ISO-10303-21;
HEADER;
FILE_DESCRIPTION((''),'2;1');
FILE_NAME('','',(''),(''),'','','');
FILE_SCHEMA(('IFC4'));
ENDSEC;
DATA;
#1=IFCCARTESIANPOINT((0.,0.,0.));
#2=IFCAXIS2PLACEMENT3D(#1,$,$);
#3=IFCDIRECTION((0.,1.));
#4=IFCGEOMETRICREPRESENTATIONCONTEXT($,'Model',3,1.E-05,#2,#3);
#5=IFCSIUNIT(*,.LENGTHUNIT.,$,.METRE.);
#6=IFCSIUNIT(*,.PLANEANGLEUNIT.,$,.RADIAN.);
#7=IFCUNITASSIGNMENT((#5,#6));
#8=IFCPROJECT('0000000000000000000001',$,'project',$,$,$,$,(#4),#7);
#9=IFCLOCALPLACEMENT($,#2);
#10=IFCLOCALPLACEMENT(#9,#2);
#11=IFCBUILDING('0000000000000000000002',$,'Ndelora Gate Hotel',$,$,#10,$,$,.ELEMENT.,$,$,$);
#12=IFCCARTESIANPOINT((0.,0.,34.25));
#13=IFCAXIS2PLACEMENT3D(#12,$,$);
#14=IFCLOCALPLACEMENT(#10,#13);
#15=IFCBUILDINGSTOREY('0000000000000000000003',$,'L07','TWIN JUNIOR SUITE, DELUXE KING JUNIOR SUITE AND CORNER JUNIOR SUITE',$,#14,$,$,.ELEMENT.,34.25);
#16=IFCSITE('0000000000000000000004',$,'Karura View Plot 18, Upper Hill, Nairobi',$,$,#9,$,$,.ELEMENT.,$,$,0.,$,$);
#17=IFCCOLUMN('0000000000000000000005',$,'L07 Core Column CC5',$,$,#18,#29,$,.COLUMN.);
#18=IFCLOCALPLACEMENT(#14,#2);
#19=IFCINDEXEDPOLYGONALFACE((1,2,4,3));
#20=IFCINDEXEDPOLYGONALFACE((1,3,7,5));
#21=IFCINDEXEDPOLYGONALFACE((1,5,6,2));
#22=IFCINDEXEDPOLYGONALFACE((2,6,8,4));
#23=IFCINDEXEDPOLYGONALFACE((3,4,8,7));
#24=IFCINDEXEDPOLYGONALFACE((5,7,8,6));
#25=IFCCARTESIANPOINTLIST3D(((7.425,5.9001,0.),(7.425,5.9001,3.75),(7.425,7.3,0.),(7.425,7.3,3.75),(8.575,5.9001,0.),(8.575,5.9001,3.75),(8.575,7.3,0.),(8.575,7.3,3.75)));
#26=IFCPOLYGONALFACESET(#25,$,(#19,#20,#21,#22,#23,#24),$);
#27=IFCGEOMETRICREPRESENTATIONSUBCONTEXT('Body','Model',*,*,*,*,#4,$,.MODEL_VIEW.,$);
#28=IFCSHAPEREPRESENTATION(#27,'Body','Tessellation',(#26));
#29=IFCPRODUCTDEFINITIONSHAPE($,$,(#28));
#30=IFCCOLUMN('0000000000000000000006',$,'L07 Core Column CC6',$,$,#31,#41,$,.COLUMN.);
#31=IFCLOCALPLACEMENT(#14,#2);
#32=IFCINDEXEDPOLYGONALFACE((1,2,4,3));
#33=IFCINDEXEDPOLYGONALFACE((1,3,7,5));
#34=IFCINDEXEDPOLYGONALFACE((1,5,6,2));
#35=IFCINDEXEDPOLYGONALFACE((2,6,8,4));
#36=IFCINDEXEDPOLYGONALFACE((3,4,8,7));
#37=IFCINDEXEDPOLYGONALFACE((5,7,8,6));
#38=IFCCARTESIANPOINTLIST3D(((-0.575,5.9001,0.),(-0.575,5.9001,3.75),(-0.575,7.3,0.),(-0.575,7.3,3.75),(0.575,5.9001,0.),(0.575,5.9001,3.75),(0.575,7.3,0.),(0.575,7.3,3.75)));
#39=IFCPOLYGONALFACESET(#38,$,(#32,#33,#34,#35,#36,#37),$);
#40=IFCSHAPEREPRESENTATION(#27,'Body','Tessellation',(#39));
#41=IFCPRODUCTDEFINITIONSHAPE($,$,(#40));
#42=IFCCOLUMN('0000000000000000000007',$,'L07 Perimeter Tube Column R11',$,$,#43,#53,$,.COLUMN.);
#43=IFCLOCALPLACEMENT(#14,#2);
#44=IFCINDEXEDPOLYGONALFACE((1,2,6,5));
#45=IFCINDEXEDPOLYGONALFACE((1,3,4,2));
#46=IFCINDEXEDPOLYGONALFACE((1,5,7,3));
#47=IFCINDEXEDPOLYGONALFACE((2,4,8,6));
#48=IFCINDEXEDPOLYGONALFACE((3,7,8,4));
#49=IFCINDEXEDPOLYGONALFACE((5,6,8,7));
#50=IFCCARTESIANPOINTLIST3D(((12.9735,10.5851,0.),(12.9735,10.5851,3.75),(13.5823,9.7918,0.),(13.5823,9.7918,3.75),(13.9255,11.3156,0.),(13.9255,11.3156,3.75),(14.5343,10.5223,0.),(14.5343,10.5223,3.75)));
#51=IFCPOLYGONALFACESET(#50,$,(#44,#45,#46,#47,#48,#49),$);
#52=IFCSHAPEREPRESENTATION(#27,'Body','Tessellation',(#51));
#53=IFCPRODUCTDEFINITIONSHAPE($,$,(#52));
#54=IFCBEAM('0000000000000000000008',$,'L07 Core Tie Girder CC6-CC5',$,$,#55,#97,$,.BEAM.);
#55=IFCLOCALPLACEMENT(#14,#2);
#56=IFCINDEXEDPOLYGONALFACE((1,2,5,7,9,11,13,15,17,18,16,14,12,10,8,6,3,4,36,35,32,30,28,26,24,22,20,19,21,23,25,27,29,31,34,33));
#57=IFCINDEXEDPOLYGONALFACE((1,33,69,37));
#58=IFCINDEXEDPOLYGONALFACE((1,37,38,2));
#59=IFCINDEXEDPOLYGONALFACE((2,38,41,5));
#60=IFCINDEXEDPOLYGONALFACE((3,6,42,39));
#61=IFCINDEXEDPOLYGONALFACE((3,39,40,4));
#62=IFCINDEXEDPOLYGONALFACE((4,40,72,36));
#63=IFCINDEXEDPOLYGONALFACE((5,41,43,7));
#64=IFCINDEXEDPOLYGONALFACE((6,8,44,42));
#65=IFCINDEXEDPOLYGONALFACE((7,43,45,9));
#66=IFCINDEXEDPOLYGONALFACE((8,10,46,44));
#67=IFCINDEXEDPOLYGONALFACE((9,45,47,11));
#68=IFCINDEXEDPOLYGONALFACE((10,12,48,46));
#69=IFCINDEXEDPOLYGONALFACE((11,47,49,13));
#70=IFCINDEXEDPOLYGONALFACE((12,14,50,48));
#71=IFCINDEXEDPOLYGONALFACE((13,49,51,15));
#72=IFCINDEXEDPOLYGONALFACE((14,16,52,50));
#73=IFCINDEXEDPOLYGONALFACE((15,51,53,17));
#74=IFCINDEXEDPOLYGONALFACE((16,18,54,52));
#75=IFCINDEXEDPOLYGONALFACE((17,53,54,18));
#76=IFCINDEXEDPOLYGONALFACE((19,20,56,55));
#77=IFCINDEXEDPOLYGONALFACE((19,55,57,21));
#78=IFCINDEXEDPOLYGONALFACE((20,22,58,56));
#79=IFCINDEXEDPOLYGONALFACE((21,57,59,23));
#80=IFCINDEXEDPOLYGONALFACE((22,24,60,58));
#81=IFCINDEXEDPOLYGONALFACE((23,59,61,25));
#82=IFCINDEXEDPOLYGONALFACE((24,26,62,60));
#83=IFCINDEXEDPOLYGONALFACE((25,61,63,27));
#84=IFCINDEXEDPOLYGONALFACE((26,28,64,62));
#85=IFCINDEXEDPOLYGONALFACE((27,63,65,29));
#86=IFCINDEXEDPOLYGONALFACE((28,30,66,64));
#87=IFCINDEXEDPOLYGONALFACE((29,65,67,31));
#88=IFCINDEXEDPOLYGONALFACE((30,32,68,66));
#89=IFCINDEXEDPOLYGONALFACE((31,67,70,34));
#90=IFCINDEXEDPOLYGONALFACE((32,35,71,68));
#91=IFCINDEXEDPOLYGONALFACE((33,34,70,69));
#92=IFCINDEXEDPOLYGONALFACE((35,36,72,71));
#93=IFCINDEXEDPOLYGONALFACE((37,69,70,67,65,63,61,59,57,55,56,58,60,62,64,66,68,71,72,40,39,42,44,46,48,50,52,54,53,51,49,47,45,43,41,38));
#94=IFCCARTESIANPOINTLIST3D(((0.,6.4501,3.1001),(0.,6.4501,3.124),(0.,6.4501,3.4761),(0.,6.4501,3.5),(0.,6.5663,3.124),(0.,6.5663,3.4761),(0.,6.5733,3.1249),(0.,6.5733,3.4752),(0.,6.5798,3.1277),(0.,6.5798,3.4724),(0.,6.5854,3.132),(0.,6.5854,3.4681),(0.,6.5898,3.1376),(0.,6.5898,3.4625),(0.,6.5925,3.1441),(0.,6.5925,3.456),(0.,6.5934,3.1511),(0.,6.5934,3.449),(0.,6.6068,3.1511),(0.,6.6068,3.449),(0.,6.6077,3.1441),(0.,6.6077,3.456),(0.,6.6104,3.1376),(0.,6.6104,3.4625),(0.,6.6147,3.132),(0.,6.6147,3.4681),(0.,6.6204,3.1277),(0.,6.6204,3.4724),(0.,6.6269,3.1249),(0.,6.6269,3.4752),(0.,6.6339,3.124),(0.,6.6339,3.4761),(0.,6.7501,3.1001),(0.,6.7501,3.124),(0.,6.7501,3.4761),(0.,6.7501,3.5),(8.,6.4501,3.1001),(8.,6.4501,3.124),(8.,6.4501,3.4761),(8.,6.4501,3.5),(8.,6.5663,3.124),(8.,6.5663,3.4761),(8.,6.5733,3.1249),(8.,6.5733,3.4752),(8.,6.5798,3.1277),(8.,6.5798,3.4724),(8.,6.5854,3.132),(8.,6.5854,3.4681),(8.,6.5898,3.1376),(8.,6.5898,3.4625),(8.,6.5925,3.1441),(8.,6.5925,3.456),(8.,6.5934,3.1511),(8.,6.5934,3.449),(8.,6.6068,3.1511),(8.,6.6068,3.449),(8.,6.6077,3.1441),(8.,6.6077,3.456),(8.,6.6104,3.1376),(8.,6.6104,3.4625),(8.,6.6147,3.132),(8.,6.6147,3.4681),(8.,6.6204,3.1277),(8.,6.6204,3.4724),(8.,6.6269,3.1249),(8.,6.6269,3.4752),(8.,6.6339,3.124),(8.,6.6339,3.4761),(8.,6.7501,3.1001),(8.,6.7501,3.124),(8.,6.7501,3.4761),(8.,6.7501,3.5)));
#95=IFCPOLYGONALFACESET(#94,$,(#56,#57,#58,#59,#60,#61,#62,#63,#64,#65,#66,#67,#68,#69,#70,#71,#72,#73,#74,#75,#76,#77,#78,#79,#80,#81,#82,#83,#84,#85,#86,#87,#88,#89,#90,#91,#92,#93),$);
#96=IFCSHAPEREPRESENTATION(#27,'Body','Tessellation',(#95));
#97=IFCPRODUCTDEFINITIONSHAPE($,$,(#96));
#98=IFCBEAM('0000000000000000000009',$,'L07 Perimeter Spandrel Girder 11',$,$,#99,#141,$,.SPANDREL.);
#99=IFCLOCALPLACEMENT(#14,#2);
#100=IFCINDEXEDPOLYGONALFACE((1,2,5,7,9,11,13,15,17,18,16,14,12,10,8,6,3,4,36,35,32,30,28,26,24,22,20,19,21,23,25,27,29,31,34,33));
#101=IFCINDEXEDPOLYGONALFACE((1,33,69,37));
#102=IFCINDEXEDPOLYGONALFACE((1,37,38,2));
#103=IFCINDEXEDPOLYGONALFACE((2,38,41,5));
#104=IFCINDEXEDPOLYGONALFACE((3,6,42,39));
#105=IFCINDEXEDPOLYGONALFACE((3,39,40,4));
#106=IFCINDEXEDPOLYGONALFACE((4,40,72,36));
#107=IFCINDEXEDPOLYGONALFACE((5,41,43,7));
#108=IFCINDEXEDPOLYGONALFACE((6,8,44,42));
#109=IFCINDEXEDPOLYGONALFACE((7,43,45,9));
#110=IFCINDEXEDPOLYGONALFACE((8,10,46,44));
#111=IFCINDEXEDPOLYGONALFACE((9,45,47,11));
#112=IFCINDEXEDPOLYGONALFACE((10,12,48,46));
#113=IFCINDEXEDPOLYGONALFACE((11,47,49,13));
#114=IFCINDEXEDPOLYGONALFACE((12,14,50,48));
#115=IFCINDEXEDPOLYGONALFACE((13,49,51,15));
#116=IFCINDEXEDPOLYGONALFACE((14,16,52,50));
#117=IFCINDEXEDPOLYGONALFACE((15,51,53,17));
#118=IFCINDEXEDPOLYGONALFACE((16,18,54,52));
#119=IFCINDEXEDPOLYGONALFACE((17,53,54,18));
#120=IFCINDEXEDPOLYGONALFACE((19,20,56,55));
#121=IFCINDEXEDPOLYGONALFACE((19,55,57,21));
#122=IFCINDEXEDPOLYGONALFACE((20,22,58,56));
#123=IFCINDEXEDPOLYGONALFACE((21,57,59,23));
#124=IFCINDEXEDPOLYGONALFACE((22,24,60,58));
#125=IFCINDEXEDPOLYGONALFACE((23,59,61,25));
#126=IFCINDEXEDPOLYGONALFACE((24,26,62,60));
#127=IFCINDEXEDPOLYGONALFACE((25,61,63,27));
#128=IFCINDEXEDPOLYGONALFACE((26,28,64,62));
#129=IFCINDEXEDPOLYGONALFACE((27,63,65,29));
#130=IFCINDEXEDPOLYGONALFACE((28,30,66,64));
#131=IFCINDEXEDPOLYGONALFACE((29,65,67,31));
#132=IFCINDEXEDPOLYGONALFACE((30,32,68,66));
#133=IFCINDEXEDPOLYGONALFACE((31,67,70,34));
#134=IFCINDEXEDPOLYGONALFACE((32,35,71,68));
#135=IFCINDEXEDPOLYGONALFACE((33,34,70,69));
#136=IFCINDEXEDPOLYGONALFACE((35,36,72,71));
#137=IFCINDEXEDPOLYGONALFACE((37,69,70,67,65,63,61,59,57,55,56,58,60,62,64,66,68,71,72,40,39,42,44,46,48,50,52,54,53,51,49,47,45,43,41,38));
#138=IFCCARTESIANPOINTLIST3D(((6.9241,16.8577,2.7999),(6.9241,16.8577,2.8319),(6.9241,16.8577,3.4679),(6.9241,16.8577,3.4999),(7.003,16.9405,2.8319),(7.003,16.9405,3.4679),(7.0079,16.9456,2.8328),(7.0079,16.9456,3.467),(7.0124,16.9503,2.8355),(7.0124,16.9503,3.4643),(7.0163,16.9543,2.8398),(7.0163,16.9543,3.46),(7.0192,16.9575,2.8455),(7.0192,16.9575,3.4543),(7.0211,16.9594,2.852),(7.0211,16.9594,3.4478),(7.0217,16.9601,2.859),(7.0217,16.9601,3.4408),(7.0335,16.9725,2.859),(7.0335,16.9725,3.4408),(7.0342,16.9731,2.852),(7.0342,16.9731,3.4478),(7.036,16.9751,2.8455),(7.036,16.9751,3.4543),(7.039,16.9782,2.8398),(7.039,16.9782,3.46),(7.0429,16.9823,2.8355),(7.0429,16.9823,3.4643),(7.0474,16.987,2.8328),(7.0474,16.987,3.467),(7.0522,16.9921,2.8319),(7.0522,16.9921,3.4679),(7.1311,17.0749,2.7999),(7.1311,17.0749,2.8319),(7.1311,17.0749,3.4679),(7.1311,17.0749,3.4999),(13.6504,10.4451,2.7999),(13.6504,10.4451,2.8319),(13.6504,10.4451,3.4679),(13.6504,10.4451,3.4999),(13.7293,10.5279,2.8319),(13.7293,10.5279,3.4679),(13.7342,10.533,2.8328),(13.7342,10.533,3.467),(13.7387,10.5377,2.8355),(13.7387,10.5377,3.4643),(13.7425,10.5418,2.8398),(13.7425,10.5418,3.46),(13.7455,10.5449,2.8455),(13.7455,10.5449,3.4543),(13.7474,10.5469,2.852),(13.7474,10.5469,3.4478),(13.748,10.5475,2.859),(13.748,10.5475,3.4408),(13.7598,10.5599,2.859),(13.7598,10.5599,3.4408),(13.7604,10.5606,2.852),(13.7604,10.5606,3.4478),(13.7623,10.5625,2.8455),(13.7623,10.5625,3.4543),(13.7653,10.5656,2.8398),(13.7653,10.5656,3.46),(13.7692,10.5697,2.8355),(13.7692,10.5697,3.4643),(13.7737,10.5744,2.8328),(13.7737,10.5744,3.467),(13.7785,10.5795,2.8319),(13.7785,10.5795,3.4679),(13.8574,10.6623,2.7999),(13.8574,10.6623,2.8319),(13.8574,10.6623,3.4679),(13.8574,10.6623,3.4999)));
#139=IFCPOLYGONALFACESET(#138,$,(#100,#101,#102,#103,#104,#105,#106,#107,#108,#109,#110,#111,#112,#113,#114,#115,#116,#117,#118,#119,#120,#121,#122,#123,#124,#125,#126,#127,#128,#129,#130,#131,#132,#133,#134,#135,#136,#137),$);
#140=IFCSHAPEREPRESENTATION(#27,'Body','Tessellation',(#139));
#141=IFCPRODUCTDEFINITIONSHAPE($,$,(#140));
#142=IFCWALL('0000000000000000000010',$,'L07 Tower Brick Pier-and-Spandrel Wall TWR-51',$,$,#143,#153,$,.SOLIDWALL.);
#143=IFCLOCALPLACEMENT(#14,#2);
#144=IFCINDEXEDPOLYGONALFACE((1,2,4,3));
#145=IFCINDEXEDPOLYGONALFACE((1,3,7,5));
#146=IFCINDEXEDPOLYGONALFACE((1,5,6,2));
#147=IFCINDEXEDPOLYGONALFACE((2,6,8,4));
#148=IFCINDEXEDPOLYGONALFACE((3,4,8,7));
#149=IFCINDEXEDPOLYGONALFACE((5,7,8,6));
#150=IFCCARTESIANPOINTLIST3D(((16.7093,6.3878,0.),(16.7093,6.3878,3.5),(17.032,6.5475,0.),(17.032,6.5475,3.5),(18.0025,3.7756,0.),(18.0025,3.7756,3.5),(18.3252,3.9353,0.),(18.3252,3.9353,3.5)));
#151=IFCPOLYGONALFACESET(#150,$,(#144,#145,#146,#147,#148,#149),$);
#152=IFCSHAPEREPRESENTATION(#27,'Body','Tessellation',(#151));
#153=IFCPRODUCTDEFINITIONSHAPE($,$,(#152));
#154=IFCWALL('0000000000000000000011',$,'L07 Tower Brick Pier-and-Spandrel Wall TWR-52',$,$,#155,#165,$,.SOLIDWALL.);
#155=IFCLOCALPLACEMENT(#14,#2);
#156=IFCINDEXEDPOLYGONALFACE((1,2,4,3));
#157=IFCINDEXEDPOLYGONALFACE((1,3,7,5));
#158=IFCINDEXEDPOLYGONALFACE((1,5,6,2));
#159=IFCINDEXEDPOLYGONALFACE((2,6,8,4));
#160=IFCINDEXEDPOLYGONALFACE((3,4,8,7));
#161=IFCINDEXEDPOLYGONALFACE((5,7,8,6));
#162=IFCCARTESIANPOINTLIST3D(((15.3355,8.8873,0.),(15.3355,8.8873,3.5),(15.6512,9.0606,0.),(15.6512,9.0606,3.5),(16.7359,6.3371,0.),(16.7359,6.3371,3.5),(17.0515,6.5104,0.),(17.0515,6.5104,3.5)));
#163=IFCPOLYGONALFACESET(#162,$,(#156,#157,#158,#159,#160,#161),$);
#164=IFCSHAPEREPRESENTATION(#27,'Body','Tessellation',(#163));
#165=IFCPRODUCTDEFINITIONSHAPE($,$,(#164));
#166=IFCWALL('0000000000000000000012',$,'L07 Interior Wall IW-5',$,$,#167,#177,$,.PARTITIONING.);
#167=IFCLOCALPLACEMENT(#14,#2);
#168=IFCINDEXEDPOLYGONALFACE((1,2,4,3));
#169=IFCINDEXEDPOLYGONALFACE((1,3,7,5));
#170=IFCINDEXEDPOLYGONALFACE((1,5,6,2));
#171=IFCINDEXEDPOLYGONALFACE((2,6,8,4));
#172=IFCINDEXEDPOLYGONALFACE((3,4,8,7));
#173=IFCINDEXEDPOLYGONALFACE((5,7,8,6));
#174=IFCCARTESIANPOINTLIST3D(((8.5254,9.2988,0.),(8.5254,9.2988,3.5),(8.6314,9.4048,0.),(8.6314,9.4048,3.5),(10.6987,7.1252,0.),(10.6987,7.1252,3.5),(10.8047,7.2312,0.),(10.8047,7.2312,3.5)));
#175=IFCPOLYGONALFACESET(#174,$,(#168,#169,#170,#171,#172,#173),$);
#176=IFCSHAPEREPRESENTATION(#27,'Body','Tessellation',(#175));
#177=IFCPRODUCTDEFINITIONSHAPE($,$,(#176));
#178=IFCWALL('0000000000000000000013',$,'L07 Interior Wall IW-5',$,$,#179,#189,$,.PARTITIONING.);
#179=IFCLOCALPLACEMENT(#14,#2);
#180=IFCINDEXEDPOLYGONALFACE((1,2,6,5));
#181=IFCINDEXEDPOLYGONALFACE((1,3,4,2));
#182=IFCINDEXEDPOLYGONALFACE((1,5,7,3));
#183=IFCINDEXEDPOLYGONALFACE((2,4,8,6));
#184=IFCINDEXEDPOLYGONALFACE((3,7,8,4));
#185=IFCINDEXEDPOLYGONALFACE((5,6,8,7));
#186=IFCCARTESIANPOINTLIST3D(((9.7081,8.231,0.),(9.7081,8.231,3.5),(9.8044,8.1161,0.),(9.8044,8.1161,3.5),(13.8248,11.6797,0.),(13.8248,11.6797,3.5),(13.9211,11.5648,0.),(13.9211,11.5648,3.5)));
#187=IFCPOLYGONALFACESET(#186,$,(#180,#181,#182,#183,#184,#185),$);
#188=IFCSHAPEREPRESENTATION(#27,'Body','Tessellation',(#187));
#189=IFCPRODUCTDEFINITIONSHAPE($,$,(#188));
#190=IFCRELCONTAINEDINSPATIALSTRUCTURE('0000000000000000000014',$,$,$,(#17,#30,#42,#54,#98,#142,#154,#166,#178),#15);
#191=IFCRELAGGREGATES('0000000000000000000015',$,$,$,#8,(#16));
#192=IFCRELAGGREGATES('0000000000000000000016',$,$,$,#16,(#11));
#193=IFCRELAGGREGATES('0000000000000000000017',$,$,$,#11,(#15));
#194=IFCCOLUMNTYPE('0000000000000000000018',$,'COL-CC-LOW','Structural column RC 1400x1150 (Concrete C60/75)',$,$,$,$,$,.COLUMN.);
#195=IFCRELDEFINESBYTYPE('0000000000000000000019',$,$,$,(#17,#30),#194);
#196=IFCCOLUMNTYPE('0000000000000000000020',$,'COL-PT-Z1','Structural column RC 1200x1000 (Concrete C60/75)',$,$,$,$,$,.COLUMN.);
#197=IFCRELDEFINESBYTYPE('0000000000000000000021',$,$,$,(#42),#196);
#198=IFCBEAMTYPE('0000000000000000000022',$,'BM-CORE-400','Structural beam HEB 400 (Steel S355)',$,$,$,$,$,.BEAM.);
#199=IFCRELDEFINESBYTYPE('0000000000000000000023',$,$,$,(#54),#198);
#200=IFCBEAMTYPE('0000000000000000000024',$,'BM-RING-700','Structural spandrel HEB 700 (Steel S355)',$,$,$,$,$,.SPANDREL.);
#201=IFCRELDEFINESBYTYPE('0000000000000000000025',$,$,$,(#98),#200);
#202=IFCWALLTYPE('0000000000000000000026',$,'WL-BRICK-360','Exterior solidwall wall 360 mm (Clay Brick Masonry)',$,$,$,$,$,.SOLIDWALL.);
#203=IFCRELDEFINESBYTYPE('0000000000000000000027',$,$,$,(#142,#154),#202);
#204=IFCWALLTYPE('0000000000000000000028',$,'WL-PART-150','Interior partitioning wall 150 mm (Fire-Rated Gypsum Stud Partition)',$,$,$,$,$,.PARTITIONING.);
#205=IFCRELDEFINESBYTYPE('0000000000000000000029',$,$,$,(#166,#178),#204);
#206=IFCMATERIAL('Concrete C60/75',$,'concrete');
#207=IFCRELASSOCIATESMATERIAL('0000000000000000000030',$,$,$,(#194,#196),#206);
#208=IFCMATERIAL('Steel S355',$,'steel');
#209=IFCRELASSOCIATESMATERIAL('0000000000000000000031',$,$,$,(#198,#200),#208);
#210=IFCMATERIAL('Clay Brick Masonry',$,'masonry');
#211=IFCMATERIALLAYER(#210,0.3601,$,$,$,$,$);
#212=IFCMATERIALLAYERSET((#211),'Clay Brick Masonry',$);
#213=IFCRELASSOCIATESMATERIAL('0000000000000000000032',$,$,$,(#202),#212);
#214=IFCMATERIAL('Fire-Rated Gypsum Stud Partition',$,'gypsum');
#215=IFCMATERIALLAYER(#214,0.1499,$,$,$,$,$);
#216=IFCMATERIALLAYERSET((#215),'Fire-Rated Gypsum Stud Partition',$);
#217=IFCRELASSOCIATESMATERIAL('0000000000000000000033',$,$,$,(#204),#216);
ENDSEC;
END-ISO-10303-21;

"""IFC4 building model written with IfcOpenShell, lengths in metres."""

from ifc_helpers import new_model, si_unit, direction, frame, frame_2d, origin, origin_2d, place, context, subcontext, project, spatial, rectangle, i_section, extrude, material, layer, layer_set, material_profile, profile_set, type_object, element, save


model = new_model("IFC4")

# Units and contexts
model_context = context("Model", 3, precision=1e-05, world=origin(), true_north=direction((0.0, 1.0)))
body_context = subcontext(model_context, "Body", "Model", "MODEL_VIEW")
ifc_project = project(units=[si_unit("LENGTHUNIT", "METRE"), si_unit("PLANEANGLEUNIT", "RADIAN")], contexts=[model_context])

# Site, building, storey
site_placement = place(None, origin())
site = spatial("IfcSite", under=ifc_project, at=site_placement, Name="Karura View Plot 18, Upper Hill, Nairobi", CompositionType="ELEMENT", RefElevation=0.0)
building_placement = place(site_placement, origin())
building = spatial("IfcBuilding", under=site, at=building_placement, Name="Ndelora Gate Hotel", CompositionType="ELEMENT")
storey_placement = place(building_placement, frame((0.0, 0.0, 34.25)))
storey = spatial("IfcBuildingStorey", under=building, at=storey_placement, Name="L07", Description="TWIN JUNIOR SUITE, DELUXE KING JUNIOR SUITE AND CORNER JUNIOR SUITE", CompositionType="ELEMENT", Elevation=34.25)

# Columns
ifc_material_1 = material(Name="Concrete C60/75", Category="concrete")
ifc_material_profile_1 = material_profile(ifc_material_1, rectangle(XDim=1.1499, YDim=1.3999, at=origin_2d()), Name="RC 1400x1150")
ifc_profile_set_1 = profile_set([ifc_material_profile_1], Name="Concrete C60/75")
column_type_1 = type_object("IfcColumnType", Name="COL-CC-LOW", Description="Structural column RC 1400x1150 (Concrete C60/75)", PredefinedType="COLUMN", material=ifc_profile_set_1)
for number, where, z_axis, x_axis, name in (
    (1, (8.0, 6.6001, 0.0), (0.0, 0.0, 1.0), (1.0, 0.0, 0.0), "L07 Core Column CC5"),
    (2, (0.0, 6.6001, 0.0), (0.0, 0.0, 1.0), (1.0, 0.0, 0.0), "L07 Core Column CC6"),
):
    element("IfcColumn", number, at=place(storey_placement, frame(where, z_axis=z_axis, x_axis=x_axis)), inside=storey, type_object=column_type_1, Name=name, PredefinedType="COLUMN", context=body_context, shape_type="SweptSolid", body=[
        extrude(rectangle(XDim=1.1499, YDim=1.3999, at=origin_2d()), origin(), (0.0, 0.0, 1.0), 3.75),
    ])
ifc_material_profile_2 = material_profile(ifc_material_1, rectangle(XDim=1.0, YDim=1.2, at=origin_2d()), Name="RC 1200x1000")
ifc_profile_set_2 = profile_set([ifc_material_profile_2], Name="Concrete C60/75")
column_type_2 = type_object("IfcColumnType", Name="COL-PT-Z1", Description="Structural column RC 1200x1000 (Concrete C60/75)", PredefinedType="COLUMN", material=ifc_profile_set_2)
column_placement = place(storey_placement, frame((13.7539, 10.5537, 0.0), z_axis=(0.0, 0.0, 1.0), x_axis=(-0.608761, 0.793353, 0.0)))
element("IfcColumn", 3, at=column_placement, inside=storey, type_object=column_type_2, Name="L07 Perimeter Tube Column R11", PredefinedType="COLUMN", context=body_context, shape_type="SweptSolid", body=[
    extrude(rectangle(XDim=1.0, YDim=1.2, at=origin_2d()), origin(), (0.0, 0.0, 1.0), 3.75),
])

# Beams
ifc_material_2 = material(Name="Steel S355", Category="steel")
ifc_material_profile_3 = material_profile(ifc_material_2, i_section(OverallWidth=0.3, OverallDepth=0.3999, WebThickness=0.0134, FlangeThickness=0.0239, FilletRadius=0.0271, at=origin_2d()), Name="HEB 400")
ifc_profile_set_3 = profile_set([ifc_material_profile_3], Name="Steel S355")
beam_type_1 = type_object("IfcBeamType", Name="BM-CORE-400", Description="Structural beam HEB 400 (Steel S355)", PredefinedType="BEAM", material=ifc_profile_set_3)
beam_1_placement = place(storey_placement, frame((0.0, 6.6001, 3.3), z_axis=(1.0, 0.0, 0.0), x_axis=(0.0, 1.0, 0.0)))
element("IfcBeam", 4, at=beam_1_placement, inside=storey, type_object=beam_type_1, Name="L07 Core Tie Girder CC6-CC5", PredefinedType="BEAM", context=body_context, shape_type="SweptSolid", body=[
    extrude(i_section(OverallWidth=0.3, OverallDepth=0.3999, WebThickness=0.0134, FlangeThickness=0.0239, FilletRadius=0.0271, at=origin_2d()), origin(), (0.0, 0.0, 1.0), 8.0),
])
ifc_material_profile_4 = material_profile(ifc_material_2, i_section(OverallWidth=0.3, OverallDepth=0.7, WebThickness=0.0171, FlangeThickness=0.032, FilletRadius=0.0271, at=origin_2d()), Name="HEB 700")
ifc_profile_set_4 = profile_set([ifc_material_profile_4], Name="Steel S355")
beam_type_2 = type_object("IfcBeamType", Name="BM-RING-700", Description="Structural spandrel HEB 700 (Steel S355)", PredefinedType="SPANDREL", material=ifc_profile_set_4)
beam_2_placement = place(storey_placement, frame((13.7539, 10.5537, 3.1499), z_axis=(-0.723784, 0.690026, 0.0), x_axis=(-0.690026, -0.723784, 0.0)))
element("IfcBeam", 5, at=beam_2_placement, inside=storey, type_object=beam_type_2, Name="L07 Perimeter Spandrel Girder 11", PredefinedType="SPANDREL", context=body_context, shape_type="SweptSolid", body=[
    extrude(i_section(OverallWidth=0.3, OverallDepth=0.7, WebThickness=0.0171, FlangeThickness=0.032, FilletRadius=0.0271, at=origin_2d()), origin(), (0.0, 0.0, 1.0), 9.2932),
])

# Walls
ifc_material_3 = material(Name="Clay Brick Masonry", Category="masonry")
ifc_layer_1 = layer(ifc_material_3, 0.3601)
ifc_layer_set_1 = layer_set([ifc_layer_1], Name="Clay Brick Masonry")
wall_type_1 = type_object("IfcWallType", Name="WL-BRICK-360", Description="Exterior solidwall wall 360 mm (Clay Brick Masonry)", PredefinedType="SOLIDWALL", material=ifc_layer_set_1)
wall_1_placement = place(storey_placement, frame((16.8706, 6.4678, 0.0), z_axis=(0.0, 0.0, 1.0), x_axis=(0.443659, -0.896196, 0.0)))
element("IfcWall", 6, at=wall_1_placement, inside=storey, type_object=wall_type_1, Name="L07 Tower Brick Pier-and-Spandrel Wall TWR-51", PredefinedType="SOLIDWALL", context=body_context, shape_type="SweptSolid", body=[
    extrude(rectangle(XDim=2.9148, YDim=0.3601, at=frame_2d((1.4575, 0.0))), origin(), (0.0, 0.0, 1.0), 3.5),
])
wall_2_placement = place(storey_placement, frame((15.4934, 8.9739, 0.0), z_axis=(0.0, 0.0, 1.0), x_axis=(0.481319, -0.876545, 0.0)))
element("IfcWall", 7, at=wall_2_placement, inside=storey, type_object=wall_type_1, Name="L07 Tower Brick Pier-and-Spandrel Wall TWR-52", PredefinedType="SOLIDWALL", context=body_context, shape_type="SweptSolid", body=[
    extrude(rectangle(XDim=2.9094, YDim=0.3601, at=frame_2d((1.4546, 0.0))), origin(), (0.0, 0.0, 1.0), 3.5),
])

# Shared definitions
ifc_material_4 = material(Name="Fire-Rated Gypsum Stud Partition", Category="gypsum")
ifc_layer_2 = layer(ifc_material_4, 0.1499)
ifc_layer_set_2 = layer_set([ifc_layer_2], Name="Fire-Rated Gypsum Stud Partition")
wall_type_2 = type_object("IfcWallType", Name="WL-PART-150", Description="Interior partitioning wall 150 mm (Fire-Rated Gypsum Stud Partition)", PredefinedType="PARTITIONING", material=ifc_layer_set_2)

# Walls
wall_3_placement = place(storey_placement, frame((8.5784, 9.3518, 0.0), z_axis=(0.0, 0.0, 1.0), x_axis=(0.707067, -0.707146, 0.0)))
element("IfcWall", 8, at=wall_3_placement, inside=storey, type_object=wall_type_2, Name="L07 Interior Wall IW-5", PredefinedType="PARTITIONING", context=body_context, shape_type="SweptSolid", body=[
    extrude(rectangle(XDim=3.0737, YDim=0.1499, at=frame_2d((1.5369, 0.0))), origin(), (0.0, 0.0, 1.0), 3.5),
])
wall_4_placement = place(storey_placement, frame((9.7563, 8.1736, 0.0), z_axis=(0.0, 0.0, 1.0), x_axis=(0.766557, 0.642177, 0.0)))
element("IfcWall", 9, at=wall_4_placement, inside=storey, type_object=wall_type_2, Name="L07 Interior Wall IW-5", PredefinedType="PARTITIONING", context=body_context, shape_type="SweptSolid", body=[
    extrude(rectangle(XDim=5.3704, YDim=0.1499, at=frame_2d((2.6851, 0.0))), origin(), (0.0, 0.0, 1.0), 3.5),
])

save(model, "model.ifc")
